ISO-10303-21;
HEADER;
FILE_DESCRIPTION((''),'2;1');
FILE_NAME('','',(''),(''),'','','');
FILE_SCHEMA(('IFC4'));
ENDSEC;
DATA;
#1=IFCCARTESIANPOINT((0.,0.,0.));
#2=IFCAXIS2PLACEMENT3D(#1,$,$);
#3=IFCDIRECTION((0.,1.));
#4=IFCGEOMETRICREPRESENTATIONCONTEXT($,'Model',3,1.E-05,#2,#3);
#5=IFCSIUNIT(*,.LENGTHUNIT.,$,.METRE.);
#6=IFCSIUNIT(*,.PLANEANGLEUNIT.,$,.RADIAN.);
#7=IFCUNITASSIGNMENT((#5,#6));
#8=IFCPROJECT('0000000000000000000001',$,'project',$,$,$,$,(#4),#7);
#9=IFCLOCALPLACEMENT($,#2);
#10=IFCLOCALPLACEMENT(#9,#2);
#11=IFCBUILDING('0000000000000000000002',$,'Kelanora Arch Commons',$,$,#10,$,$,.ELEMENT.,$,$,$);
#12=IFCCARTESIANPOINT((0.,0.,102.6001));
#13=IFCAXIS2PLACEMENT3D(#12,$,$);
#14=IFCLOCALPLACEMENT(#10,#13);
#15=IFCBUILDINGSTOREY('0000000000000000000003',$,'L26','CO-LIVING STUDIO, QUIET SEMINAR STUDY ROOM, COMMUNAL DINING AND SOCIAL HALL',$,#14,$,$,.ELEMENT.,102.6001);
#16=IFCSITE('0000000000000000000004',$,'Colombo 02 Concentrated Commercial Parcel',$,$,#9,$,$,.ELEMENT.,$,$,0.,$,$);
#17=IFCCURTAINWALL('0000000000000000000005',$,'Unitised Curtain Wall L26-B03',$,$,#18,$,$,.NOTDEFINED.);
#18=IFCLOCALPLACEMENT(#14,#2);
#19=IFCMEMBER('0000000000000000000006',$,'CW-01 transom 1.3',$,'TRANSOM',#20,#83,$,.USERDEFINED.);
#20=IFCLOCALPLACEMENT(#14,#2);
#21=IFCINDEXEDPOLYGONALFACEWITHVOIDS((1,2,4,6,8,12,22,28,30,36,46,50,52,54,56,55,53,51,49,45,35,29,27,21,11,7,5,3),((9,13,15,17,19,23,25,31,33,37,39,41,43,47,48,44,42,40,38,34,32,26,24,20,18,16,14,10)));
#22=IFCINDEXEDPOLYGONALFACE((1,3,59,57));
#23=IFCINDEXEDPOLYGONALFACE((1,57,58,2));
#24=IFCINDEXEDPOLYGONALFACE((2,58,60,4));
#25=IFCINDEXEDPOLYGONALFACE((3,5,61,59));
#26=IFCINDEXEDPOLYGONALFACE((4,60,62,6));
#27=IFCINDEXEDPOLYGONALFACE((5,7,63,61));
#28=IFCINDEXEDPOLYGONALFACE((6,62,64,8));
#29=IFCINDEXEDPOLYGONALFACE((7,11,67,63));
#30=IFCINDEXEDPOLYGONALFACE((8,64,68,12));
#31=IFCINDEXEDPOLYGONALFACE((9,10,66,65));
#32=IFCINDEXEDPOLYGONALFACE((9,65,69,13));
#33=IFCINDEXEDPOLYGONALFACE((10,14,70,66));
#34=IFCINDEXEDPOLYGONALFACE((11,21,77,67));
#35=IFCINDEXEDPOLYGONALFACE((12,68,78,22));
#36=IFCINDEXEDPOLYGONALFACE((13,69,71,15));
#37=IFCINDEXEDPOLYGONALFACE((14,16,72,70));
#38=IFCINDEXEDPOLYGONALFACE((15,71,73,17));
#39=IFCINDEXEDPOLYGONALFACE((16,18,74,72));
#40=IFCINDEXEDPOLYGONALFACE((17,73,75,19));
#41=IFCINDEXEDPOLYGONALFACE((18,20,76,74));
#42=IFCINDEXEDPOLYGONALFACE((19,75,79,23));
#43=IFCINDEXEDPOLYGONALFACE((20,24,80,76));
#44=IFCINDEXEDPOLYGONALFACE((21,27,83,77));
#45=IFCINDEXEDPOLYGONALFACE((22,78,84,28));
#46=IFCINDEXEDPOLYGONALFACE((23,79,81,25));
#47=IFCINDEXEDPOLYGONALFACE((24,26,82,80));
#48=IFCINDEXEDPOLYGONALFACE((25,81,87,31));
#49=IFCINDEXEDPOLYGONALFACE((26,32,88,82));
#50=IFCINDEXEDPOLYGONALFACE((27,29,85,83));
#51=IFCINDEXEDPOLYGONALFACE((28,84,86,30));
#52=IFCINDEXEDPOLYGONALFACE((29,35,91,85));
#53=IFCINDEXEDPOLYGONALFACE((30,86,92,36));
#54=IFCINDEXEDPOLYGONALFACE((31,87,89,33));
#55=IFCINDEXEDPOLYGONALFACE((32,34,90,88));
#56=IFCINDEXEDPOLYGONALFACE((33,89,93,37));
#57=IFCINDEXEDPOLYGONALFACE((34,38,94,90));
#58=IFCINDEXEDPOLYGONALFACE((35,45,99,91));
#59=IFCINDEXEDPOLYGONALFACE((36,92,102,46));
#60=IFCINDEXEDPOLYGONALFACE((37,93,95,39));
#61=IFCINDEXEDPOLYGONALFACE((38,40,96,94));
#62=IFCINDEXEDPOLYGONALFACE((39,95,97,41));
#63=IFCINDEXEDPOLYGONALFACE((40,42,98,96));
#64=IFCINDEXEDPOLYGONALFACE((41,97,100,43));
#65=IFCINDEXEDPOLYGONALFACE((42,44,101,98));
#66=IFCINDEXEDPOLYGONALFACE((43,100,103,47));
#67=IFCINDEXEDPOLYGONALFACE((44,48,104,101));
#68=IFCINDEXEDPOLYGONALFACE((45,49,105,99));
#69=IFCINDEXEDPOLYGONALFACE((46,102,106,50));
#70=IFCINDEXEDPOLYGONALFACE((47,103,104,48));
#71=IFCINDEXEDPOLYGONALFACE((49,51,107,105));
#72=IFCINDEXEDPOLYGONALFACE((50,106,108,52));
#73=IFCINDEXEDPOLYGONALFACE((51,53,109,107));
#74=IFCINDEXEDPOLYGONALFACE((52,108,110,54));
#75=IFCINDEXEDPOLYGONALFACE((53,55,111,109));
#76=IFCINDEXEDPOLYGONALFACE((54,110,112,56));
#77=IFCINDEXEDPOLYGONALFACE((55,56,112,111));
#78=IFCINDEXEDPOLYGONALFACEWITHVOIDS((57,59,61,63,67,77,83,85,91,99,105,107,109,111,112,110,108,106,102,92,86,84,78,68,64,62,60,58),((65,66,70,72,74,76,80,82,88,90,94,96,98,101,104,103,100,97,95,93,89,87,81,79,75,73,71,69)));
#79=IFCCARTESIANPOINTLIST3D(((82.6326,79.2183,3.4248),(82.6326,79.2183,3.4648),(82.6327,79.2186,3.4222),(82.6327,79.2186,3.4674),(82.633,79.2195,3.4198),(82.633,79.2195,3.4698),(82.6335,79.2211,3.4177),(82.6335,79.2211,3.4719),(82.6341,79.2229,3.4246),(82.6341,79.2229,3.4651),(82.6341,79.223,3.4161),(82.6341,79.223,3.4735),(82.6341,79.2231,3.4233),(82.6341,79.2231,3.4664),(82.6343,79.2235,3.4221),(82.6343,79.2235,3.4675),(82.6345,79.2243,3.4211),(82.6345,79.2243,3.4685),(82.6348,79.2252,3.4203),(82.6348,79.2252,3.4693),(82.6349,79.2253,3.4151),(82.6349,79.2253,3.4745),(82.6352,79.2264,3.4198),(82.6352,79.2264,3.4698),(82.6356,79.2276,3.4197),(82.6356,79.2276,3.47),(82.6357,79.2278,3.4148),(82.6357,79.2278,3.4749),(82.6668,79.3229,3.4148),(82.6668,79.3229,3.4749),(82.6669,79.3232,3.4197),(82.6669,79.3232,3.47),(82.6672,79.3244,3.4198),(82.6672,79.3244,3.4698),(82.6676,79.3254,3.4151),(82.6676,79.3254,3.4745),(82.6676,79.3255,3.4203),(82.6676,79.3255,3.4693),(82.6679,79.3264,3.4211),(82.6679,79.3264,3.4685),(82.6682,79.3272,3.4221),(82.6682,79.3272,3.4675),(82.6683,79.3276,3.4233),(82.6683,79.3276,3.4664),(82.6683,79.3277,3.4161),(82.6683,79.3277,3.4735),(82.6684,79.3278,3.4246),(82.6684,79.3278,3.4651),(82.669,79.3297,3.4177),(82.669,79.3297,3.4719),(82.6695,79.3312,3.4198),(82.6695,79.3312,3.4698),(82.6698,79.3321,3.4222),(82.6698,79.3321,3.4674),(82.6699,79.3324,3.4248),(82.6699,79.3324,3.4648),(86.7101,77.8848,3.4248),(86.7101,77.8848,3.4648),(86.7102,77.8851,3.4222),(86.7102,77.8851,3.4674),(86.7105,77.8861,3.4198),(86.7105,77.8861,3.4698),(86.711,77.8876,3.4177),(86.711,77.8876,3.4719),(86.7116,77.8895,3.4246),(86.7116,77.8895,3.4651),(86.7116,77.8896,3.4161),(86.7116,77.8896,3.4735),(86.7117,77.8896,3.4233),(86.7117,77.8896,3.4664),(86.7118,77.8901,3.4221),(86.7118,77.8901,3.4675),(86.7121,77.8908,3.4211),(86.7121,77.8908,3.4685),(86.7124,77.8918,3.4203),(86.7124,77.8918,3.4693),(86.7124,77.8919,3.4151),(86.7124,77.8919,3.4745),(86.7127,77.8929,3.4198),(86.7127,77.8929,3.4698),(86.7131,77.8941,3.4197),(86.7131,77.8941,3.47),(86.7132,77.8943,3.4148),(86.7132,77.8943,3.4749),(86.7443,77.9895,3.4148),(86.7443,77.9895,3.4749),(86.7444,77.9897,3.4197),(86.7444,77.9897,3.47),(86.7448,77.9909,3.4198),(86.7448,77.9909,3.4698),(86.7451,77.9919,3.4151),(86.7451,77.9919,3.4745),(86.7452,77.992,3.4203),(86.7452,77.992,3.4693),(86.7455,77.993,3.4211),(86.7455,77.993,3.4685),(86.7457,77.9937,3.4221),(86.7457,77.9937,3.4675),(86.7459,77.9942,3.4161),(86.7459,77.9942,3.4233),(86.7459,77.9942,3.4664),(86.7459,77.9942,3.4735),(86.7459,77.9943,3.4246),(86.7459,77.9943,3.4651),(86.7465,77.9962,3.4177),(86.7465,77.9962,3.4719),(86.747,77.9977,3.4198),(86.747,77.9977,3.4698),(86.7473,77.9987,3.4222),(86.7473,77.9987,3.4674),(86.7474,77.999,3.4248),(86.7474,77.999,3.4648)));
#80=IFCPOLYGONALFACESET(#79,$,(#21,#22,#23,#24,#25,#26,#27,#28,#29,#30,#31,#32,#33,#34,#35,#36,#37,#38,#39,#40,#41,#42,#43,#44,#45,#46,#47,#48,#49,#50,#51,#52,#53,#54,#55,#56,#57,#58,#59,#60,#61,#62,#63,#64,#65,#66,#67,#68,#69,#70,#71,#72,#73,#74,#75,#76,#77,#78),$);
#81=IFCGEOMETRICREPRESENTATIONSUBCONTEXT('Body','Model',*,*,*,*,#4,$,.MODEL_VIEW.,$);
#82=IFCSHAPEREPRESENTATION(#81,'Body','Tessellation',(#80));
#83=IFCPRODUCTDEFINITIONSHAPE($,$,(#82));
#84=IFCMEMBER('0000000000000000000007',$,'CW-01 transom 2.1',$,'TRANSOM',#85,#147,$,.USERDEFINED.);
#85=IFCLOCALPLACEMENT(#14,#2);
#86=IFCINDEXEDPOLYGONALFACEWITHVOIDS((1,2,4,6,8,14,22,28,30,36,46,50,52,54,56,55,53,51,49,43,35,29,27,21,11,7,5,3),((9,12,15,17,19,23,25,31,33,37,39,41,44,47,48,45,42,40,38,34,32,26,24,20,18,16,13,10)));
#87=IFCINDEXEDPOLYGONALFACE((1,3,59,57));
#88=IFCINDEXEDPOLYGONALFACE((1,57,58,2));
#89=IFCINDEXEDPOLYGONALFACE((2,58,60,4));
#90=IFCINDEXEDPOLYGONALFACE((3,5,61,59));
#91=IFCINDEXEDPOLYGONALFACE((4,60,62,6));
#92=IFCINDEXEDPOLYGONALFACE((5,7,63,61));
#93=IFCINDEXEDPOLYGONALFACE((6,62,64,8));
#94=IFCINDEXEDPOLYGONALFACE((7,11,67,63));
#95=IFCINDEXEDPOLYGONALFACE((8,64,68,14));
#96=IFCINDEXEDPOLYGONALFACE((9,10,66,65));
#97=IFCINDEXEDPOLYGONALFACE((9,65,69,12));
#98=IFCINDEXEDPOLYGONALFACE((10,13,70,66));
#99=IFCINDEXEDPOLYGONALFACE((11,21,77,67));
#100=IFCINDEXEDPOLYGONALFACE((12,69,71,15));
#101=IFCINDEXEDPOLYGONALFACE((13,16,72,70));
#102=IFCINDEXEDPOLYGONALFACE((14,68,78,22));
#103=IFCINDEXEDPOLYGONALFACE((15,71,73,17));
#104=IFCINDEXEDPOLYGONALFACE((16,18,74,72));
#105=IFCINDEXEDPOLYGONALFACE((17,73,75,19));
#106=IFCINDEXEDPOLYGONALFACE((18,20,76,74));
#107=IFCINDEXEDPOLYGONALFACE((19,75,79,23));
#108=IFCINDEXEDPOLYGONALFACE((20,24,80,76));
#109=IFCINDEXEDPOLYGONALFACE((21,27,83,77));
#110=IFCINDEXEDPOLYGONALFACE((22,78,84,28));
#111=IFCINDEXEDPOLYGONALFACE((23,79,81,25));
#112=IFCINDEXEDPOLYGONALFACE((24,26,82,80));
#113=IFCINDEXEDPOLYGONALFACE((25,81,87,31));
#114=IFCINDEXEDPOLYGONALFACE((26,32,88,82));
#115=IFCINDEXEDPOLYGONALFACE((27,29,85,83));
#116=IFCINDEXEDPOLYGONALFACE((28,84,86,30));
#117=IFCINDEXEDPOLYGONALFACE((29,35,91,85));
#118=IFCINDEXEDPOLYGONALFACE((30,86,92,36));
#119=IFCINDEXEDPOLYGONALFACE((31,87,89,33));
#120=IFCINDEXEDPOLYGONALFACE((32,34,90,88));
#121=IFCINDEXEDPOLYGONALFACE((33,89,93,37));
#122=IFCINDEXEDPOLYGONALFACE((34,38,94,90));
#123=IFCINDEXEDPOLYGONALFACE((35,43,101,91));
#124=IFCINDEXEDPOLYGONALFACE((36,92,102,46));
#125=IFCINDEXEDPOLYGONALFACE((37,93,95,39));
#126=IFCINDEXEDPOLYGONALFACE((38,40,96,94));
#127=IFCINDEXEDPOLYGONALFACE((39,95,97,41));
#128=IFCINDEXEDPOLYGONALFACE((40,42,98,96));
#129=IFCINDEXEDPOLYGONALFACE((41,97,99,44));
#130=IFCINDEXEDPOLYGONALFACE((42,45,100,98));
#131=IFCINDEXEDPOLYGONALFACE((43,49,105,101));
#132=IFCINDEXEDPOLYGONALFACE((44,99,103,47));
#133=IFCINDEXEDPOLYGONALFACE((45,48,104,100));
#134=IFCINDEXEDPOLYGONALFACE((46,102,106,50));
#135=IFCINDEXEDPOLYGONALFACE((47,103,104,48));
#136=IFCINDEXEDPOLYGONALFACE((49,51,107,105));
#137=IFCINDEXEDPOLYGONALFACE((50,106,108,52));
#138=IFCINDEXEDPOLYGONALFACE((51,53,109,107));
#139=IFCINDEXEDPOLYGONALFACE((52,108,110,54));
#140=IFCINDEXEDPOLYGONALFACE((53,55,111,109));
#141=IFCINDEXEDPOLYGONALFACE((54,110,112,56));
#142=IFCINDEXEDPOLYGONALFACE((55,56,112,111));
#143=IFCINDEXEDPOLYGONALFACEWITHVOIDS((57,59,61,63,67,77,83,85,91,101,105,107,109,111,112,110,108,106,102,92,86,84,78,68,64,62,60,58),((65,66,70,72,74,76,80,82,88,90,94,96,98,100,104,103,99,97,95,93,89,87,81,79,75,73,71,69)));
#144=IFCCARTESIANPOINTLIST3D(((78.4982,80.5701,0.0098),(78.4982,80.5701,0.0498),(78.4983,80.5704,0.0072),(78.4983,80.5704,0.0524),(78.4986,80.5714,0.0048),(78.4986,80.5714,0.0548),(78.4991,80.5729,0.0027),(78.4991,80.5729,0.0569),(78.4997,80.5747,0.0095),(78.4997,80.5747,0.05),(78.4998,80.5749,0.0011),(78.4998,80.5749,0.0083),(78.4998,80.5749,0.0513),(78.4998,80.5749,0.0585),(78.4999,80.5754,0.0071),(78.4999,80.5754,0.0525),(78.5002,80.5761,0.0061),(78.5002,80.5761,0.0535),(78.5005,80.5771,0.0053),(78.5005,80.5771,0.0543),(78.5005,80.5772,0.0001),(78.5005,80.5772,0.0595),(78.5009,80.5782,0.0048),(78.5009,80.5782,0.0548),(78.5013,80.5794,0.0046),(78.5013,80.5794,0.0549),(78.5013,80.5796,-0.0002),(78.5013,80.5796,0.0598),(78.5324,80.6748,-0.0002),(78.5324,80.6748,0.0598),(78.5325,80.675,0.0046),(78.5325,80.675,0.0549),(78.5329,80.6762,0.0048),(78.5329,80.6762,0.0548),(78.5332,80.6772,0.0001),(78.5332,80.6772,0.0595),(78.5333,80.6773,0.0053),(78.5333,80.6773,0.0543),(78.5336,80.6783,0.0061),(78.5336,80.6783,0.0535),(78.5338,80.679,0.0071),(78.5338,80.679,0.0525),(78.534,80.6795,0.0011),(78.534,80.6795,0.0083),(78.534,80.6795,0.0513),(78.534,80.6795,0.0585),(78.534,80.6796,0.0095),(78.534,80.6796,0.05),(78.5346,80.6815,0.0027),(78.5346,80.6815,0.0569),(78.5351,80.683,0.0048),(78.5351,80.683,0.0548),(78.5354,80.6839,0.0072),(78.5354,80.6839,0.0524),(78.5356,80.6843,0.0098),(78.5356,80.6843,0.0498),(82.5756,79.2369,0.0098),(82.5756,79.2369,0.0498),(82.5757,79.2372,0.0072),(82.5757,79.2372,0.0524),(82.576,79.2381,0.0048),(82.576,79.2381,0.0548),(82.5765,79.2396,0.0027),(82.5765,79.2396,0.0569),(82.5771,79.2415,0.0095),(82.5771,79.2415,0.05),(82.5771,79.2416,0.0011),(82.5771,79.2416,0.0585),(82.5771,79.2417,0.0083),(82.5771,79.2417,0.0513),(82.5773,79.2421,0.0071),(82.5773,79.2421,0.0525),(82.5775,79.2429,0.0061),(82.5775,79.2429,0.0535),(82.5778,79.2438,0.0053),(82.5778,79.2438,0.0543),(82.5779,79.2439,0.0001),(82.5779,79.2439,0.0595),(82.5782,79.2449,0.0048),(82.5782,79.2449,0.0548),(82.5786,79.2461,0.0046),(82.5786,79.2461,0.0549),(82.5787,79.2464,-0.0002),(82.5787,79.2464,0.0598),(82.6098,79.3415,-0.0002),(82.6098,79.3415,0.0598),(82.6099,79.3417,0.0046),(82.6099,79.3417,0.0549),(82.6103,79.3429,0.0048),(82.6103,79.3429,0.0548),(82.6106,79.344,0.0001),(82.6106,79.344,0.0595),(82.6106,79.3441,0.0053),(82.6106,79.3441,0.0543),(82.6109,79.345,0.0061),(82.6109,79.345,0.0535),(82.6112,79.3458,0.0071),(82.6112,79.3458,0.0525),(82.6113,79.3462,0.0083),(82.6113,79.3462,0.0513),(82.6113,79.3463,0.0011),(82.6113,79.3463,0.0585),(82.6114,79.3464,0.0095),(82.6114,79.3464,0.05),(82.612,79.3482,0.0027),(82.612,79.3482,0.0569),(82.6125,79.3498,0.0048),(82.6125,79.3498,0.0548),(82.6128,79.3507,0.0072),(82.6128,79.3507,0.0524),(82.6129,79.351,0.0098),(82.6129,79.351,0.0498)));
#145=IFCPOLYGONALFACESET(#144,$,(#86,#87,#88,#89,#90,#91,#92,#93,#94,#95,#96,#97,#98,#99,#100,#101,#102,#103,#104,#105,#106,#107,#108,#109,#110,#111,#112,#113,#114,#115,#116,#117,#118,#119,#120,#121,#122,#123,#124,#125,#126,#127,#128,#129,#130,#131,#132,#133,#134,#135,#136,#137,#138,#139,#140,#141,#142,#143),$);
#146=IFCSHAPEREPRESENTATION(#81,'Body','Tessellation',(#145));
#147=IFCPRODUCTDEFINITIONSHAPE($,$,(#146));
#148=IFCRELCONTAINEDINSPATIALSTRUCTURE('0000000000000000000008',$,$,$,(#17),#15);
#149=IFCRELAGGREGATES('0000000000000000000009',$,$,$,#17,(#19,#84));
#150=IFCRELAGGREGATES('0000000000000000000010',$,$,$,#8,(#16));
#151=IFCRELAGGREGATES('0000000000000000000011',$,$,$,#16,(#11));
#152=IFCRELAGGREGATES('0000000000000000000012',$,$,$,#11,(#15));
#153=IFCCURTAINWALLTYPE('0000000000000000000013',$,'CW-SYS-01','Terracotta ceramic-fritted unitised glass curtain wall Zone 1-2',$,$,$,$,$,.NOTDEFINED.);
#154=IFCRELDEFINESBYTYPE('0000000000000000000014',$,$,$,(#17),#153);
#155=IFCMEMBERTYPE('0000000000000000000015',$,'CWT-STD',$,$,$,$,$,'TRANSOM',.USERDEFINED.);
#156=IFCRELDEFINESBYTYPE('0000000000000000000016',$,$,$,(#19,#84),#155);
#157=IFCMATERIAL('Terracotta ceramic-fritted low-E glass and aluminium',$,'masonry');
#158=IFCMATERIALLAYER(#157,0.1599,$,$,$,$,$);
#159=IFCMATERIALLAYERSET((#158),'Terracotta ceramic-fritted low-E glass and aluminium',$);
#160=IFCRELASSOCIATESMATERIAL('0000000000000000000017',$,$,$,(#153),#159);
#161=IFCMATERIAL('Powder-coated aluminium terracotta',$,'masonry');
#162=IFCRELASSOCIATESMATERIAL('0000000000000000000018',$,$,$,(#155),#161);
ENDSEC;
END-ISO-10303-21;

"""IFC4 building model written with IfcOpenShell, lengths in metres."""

from ifc_helpers import new_model, si_unit, direction, frame, origin, origin_2d, place, context, subcontext, project, spatial, hollow_rectangle, extrude, material, layer, layer_set, material_profile, profile_set, type_object, element, aggregate, save


model = new_model("IFC4")

# Units and contexts
model_context = context("Model", 3, precision=1e-05, world=origin(), true_north=direction((0.0, 1.0)))
body_context = subcontext(model_context, "Body", "Model", "MODEL_VIEW")
ifc_project = project(units=[si_unit("LENGTHUNIT", "METRE"), si_unit("PLANEANGLEUNIT", "RADIAN")], contexts=[model_context])

# Site, building, storey
site_placement = place(None, origin())
site = spatial("IfcSite", under=ifc_project, at=site_placement, Name="Colombo 02 Concentrated Commercial Parcel", CompositionType="ELEMENT", RefElevation=0.0)
building_placement = place(site_placement, origin())
building = spatial("IfcBuilding", under=site, at=building_placement, Name="Kelanora Arch Commons", CompositionType="ELEMENT")
storey_placement = place(building_placement, frame((0.0, 0.0, 102.6001)))
storey = spatial("IfcBuildingStorey", under=building, at=storey_placement, Name="L26", Description="CO-LIVING STUDIO, QUIET SEMINAR STUDY ROOM, COMMUNAL DINING AND SOCIAL HALL", CompositionType="ELEMENT", Elevation=102.6001)

# Curtain wall, members
ifc_material_1 = material(Name="Terracotta ceramic-fritted low-E glass and aluminium", Category="masonry")
ifc_layer_1 = layer(ifc_material_1, 0.1599)
ifc_layer_set_1 = layer_set([ifc_layer_1], Name="Terracotta ceramic-fritted low-E glass and aluminium")
curtain_wall_type = type_object("IfcCurtainWallType", Name="CW-SYS-01", Description="Terracotta ceramic-fritted unitised glass curtain wall Zone 1-2", PredefinedType="NOTDEFINED", material=ifc_layer_set_1)
curtain_wall_placement = place(storey_placement, origin())
curtain_wall = element("IfcCurtainWall", 1, at=curtain_wall_placement, inside=storey, type_object=curtain_wall_type, Name="Unitised Curtain Wall L26-B03", PredefinedType="NOTDEFINED")
ifc_material_2 = material(Name="Powder-coated aluminium terracotta", Category="masonry")
ifc_material_profile_1 = material_profile(ifc_material_2, hollow_rectangle(XDim=0.1201, YDim=0.0601, WallThickness=0.0049, InnerFilletRadius=0.0049, OuterFilletRadius=0.01, at=origin_2d()), Name="CWT120x60")
ifc_profile_set_1 = profile_set([ifc_material_profile_1], Name="Powder-coated aluminium terracotta")
member_type_1 = type_object("IfcMemberType", Name="CWT-STD", ElementType="TRANSOM", PredefinedType="USERDEFINED", material=ifc_profile_set_1)
member_1_placement = place(storey_placement, frame((86.7288, 77.9419, 3.4448), z_axis=(-0.950466, 0.310828, 0.0), x_axis=(-0.310828, -0.950466, 0.0)))
member_1 = element("IfcMember", 2, at=member_1_placement, type_object=member_type_1, Name="CW-01 transom 1.3", ObjectType="TRANSOM", PredefinedType="USERDEFINED", context=body_context, shape_type="SweptSolid", body=[
    extrude(hollow_rectangle(XDim=0.1201, YDim=0.0601, WallThickness=0.0049, InnerFilletRadius=0.0049, OuterFilletRadius=0.01, at=origin_2d()), origin(), (0.0, 0.0, 1.0), 4.29),
])
member_2_placement = place(storey_placement, frame((82.5942, 79.2939, 0.0298), z_axis=(-0.950478, 0.310793, 0.0), x_axis=(-0.310793, -0.950478, 0.0)))
member_2 = element("IfcMember", 3, at=member_2_placement, type_object=member_type_1, Name="CW-01 transom 2.1", ObjectType="TRANSOM", PredefinedType="USERDEFINED", context=body_context, shape_type="SweptSolid", body=[
    extrude(hollow_rectangle(XDim=0.1201, YDim=0.0601, WallThickness=0.0049, InnerFilletRadius=0.0049, OuterFilletRadius=0.01, at=origin_2d()), origin(), (0.0, 0.0, 1.0), 4.2898),
])
aggregate(curtain_wall, [member_1, member_2])

save(model, "model.ifc")
